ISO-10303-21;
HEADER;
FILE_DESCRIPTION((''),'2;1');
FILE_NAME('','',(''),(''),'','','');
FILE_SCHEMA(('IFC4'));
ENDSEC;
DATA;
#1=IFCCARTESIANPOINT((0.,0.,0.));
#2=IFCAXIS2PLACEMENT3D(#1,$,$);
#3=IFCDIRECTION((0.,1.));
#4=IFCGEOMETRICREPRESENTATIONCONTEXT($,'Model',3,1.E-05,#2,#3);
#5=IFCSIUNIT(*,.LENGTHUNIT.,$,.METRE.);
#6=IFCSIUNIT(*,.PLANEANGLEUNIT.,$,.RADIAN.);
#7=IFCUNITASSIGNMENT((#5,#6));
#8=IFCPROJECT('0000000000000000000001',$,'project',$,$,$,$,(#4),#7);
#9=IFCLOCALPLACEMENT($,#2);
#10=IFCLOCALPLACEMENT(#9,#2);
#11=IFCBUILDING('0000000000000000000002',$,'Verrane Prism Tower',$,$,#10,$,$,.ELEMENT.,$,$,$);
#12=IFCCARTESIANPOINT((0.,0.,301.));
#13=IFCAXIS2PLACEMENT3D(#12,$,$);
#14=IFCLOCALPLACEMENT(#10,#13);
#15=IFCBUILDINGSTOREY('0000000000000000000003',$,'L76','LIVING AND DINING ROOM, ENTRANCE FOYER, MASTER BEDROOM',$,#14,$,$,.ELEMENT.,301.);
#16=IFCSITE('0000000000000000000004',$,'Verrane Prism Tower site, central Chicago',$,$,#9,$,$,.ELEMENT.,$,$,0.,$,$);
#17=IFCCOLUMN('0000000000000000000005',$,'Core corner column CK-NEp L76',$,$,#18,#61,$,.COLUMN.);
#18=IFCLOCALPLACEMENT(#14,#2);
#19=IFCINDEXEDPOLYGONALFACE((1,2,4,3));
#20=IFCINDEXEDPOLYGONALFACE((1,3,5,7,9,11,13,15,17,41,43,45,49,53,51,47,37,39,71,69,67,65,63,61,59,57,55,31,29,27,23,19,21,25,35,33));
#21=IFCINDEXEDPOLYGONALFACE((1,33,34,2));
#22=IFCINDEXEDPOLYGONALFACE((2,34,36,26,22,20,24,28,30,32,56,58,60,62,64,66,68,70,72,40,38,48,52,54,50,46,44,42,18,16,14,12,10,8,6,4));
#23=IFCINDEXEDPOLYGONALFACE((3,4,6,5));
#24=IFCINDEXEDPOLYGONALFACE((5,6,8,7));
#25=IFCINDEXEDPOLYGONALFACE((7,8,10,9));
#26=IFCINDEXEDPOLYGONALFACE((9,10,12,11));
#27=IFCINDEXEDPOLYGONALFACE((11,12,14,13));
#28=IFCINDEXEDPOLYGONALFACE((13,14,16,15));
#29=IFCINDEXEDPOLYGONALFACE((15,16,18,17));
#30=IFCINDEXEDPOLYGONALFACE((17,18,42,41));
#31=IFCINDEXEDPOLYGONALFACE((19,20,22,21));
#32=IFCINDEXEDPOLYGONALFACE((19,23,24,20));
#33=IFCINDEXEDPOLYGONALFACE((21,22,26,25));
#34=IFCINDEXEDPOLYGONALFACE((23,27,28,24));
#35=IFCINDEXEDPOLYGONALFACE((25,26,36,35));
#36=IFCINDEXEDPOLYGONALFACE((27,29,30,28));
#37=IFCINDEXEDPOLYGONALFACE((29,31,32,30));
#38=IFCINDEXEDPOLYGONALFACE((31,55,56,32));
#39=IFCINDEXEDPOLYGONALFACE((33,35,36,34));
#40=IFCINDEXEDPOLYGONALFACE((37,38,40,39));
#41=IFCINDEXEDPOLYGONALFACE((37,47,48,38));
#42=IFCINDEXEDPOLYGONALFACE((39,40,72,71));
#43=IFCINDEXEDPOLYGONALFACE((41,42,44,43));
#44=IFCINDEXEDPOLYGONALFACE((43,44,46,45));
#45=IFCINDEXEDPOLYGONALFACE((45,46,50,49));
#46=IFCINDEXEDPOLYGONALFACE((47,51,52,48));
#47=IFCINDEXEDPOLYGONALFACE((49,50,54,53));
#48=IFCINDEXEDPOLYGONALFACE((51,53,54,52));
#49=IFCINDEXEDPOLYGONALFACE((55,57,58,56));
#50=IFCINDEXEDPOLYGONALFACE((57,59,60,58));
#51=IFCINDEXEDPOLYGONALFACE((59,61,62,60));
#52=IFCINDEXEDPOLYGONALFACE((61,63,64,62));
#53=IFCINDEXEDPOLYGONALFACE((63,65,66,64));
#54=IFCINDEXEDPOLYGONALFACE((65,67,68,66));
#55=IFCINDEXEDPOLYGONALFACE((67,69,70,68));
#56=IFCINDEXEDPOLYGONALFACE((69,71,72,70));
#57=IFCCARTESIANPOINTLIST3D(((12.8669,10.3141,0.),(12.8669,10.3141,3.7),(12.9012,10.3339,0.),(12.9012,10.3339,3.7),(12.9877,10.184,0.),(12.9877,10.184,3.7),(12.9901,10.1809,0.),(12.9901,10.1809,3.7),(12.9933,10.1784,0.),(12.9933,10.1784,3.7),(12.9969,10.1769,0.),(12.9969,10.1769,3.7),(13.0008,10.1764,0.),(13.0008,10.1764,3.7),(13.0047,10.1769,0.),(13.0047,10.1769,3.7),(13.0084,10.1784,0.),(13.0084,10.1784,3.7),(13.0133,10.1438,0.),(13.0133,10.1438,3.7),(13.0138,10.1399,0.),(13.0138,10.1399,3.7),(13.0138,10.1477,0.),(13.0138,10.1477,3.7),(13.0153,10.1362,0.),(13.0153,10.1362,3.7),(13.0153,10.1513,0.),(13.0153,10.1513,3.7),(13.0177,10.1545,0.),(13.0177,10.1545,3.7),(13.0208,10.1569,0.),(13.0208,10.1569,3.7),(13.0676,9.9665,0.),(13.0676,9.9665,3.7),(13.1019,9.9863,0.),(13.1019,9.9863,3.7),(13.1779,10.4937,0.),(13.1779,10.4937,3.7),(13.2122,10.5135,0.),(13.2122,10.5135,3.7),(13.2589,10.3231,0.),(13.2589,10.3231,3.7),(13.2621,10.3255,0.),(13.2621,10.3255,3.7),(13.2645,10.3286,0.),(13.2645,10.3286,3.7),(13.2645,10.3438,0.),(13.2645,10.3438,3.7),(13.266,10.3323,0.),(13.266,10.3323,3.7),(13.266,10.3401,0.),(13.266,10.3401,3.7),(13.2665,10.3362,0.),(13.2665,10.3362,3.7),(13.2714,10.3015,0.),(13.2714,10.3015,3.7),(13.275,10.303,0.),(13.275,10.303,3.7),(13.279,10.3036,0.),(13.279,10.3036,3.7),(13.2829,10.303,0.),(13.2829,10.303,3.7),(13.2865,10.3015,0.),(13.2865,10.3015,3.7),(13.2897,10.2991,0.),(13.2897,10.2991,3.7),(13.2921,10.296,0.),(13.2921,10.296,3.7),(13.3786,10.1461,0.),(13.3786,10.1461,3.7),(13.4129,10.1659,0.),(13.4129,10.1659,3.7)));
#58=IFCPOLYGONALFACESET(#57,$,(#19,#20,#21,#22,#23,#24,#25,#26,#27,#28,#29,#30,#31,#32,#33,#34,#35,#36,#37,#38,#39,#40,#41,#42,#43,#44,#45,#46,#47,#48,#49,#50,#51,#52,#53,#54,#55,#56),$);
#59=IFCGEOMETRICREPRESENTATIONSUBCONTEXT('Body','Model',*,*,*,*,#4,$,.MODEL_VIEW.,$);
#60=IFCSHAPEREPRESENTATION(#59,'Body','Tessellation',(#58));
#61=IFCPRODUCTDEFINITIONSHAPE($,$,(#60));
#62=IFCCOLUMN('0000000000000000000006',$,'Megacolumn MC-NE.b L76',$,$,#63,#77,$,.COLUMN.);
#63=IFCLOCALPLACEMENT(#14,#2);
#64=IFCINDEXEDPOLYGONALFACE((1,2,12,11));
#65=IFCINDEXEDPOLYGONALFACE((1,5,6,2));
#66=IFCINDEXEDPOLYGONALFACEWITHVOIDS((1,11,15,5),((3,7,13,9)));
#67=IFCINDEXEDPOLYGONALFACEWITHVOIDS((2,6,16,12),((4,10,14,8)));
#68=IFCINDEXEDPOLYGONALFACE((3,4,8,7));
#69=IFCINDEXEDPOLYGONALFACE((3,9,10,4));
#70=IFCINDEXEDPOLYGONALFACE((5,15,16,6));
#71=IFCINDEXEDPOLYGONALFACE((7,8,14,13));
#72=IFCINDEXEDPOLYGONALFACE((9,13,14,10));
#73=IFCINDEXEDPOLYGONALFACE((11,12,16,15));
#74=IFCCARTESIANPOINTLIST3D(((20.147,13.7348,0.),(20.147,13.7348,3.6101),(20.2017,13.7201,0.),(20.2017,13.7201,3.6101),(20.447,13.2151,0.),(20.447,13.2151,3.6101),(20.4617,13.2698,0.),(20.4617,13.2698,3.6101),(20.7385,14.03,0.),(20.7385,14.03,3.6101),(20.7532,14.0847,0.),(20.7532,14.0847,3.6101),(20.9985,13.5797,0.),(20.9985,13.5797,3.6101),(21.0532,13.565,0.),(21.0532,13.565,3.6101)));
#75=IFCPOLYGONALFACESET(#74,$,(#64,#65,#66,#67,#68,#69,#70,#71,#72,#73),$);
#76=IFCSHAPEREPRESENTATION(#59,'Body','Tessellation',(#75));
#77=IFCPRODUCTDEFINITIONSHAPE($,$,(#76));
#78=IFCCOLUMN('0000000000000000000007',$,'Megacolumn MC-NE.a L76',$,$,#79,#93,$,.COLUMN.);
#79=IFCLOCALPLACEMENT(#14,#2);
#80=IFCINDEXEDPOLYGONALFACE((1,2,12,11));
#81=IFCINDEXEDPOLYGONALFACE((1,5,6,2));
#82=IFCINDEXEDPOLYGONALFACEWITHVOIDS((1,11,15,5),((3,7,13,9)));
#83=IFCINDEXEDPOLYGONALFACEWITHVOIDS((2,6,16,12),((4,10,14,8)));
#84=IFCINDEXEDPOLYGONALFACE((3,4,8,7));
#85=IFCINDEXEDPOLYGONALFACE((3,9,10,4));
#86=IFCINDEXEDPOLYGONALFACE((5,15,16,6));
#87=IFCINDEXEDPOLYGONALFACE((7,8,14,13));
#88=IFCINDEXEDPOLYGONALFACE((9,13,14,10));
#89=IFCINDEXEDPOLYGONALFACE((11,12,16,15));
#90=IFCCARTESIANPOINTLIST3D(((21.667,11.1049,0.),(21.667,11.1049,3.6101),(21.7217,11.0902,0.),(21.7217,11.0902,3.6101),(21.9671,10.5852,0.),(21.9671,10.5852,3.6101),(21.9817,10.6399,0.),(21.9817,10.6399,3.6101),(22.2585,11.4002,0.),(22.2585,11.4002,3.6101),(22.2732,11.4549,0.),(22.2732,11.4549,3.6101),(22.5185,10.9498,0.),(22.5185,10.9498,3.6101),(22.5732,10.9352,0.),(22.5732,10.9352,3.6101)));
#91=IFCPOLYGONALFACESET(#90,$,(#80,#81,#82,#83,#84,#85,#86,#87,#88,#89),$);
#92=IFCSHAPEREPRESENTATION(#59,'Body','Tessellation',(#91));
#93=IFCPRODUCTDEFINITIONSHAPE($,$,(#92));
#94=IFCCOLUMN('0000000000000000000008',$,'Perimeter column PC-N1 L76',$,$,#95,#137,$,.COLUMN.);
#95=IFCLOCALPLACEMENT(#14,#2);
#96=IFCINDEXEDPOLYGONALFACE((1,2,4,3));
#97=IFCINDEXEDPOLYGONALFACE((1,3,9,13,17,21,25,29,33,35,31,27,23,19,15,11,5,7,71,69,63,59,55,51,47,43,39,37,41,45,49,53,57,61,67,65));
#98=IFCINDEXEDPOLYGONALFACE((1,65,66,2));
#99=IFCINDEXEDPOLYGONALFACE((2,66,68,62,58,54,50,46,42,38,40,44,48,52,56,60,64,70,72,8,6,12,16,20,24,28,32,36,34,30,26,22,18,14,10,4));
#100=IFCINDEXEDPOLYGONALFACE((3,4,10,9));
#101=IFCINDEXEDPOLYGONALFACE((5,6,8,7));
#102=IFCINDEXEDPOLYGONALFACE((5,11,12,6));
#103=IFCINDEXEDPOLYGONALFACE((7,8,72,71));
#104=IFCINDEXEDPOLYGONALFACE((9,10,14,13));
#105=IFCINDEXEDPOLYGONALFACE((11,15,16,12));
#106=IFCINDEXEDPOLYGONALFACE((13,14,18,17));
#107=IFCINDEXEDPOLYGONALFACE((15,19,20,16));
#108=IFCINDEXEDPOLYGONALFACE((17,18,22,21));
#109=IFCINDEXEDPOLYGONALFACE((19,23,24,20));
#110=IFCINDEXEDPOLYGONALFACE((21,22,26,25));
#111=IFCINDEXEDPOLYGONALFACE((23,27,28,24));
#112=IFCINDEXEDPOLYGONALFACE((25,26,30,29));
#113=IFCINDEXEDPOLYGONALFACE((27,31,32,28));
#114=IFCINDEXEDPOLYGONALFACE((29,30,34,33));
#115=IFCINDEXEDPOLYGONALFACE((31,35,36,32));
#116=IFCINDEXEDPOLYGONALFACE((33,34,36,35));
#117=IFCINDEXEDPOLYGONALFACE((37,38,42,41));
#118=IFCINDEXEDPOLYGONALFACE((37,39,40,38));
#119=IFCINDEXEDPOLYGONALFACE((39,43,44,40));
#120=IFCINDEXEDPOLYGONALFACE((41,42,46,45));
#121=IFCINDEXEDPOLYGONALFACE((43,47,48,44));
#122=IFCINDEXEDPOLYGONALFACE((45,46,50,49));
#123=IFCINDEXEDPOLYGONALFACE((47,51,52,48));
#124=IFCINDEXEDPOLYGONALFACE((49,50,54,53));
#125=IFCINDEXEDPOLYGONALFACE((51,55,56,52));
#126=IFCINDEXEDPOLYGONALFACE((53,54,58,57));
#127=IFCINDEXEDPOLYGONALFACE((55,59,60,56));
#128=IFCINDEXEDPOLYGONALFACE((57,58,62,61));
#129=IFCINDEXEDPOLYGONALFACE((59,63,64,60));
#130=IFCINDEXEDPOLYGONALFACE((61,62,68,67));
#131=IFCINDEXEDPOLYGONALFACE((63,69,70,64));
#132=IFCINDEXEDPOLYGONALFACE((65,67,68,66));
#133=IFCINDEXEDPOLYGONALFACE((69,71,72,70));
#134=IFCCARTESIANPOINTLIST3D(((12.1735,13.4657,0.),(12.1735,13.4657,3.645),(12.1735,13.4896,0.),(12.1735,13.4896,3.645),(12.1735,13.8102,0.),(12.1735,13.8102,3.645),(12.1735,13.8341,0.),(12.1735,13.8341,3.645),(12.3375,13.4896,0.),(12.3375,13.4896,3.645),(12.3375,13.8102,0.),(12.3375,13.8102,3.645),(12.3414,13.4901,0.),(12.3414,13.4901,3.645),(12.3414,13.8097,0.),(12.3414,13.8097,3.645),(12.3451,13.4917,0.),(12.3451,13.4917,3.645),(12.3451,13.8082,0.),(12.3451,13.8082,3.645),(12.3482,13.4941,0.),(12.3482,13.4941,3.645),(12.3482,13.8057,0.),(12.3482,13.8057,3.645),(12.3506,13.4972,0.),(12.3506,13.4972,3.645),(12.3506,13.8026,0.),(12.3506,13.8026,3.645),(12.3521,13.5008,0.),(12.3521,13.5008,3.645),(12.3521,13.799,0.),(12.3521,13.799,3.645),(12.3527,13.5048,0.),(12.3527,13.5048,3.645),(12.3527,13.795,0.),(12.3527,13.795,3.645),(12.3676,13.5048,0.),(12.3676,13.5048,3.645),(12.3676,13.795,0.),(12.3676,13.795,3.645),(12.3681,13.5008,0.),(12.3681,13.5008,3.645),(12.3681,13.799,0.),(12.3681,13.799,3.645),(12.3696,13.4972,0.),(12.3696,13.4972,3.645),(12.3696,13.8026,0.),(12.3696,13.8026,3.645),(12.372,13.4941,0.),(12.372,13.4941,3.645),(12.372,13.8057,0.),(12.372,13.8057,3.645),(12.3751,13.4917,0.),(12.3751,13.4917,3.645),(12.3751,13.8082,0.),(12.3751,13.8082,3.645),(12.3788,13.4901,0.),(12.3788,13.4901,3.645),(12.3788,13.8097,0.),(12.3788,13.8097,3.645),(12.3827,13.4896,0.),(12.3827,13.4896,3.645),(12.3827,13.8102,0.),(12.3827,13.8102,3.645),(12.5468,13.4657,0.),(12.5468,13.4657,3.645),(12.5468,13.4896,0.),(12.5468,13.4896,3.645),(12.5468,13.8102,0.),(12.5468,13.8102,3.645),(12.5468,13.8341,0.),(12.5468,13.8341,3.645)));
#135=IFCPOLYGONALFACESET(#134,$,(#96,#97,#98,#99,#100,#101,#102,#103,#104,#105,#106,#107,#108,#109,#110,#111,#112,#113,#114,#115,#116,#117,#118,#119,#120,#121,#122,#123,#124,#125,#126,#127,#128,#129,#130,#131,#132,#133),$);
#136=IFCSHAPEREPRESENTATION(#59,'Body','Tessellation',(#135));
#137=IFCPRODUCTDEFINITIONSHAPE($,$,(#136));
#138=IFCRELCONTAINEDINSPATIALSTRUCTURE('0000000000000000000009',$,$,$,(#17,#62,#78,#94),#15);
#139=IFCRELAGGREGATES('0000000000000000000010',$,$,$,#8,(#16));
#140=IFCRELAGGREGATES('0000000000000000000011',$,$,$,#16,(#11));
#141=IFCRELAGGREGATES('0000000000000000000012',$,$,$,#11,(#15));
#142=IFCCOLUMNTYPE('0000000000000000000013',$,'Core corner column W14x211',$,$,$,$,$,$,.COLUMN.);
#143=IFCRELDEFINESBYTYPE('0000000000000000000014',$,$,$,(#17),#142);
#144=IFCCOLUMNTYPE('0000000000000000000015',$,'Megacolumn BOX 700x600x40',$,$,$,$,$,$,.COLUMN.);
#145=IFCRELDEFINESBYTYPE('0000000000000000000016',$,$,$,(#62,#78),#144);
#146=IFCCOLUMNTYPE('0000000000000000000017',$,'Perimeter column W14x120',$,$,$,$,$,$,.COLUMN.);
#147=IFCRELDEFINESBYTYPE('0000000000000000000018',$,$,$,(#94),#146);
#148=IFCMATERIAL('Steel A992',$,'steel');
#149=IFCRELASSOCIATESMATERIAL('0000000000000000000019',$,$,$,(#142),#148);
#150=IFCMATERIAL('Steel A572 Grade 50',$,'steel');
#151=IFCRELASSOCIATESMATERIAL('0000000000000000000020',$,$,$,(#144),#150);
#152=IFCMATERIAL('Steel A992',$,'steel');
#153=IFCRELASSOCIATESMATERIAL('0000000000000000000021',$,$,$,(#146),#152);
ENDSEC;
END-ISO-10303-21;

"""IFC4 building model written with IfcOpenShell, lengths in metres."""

from ifc_helpers import new_model, si_unit, direction, frame, origin, origin_2d, place, context, subcontext, project, spatial, hollow_rectangle, i_section, extrude, material, material_profile, profile_set, type_object, element, save


model = new_model("IFC4")

# Units and contexts
model_context = context("Model", 3, precision=1e-05, world=origin(), true_north=direction((0.0, 1.0)))
body_context = subcontext(model_context, "Body", "Model", "MODEL_VIEW")
ifc_project = project(units=[si_unit("LENGTHUNIT", "METRE"), si_unit("PLANEANGLEUNIT", "RADIAN")], contexts=[model_context])

# Site, building, storey
site_placement = place(None, origin())
site = spatial("IfcSite", under=ifc_project, at=site_placement, Name="Verrane Prism Tower site, central Chicago", CompositionType="ELEMENT", RefElevation=0.0)
building_placement = place(site_placement, origin())
building = spatial("IfcBuilding", under=site, at=building_placement, Name="Verrane Prism Tower", CompositionType="ELEMENT")
storey_placement = place(building_placement, frame((0.0, 0.0, 301.0)))
storey = spatial("IfcBuildingStorey", under=building, at=storey_placement, Name="L76", Description="LIVING AND DINING ROOM, ENTRANCE FOYER, MASTER BEDROOM", CompositionType="ELEMENT", Elevation=301.0)

# Columns
ifc_material_1 = material(Name="Steel A992", Category="steel")
ifc_material_profile_1 = material_profile(ifc_material_1, i_section(OverallWidth=0.4014, OverallDepth=0.3987, WebThickness=0.0249, FlangeThickness=0.0396, FilletRadius=0.0151, at=origin_2d()), Name="W14x211")
ifc_profile_set_1 = profile_set([ifc_material_profile_1], Name="Steel A992")
column_type_1 = type_object("IfcColumnType", Name="Core corner column W14x211", PredefinedType="COLUMN", material=ifc_profile_set_1)
column_1_placement = place(storey_placement, frame((13.1399, 10.24, 0.0), z_axis=(0.0, 0.0, 1.0), x_axis=(0.5, -0.866025, 0.0)))
element("IfcColumn", 1, at=column_1_placement, inside=storey, type_object=column_type_1, Name="Core corner column CK-NEp L76", PredefinedType="COLUMN", context=body_context, shape_type="SweptSolid", body=[
    extrude(i_section(OverallWidth=0.4014, OverallDepth=0.3987, WebThickness=0.0249, FlangeThickness=0.0396, FilletRadius=0.0151, at=origin_2d()), origin(), (0.0, 0.0, 1.0), 3.7),
])
ifc_material_2 = material(Name="Steel A572 Grade 50", Category="steel")
ifc_material_profile_2 = material_profile(ifc_material_2, hollow_rectangle(XDim=0.6001, YDim=0.7, WallThickness=0.04, at=origin_2d()), Name="BOX 700x600x40")
ifc_profile_set_2 = profile_set([ifc_material_profile_2], Name="Steel A572 Grade 50")
column_type_2 = type_object("IfcColumnType", Name="Megacolumn BOX 700x600x40", PredefinedType="COLUMN", material=ifc_profile_set_2)
for number, where, z_axis, x_axis, name in (
    (2, (20.6001, 13.6499, 0.0), (0.0, 0.0, 1.0), (0.5, -0.866025, 0.0), "Megacolumn MC-NE.b L76"),
    (3, (22.1201, 11.02, 0.0), (0.0, 0.0, 1.0), (0.5, -0.866025, 0.0), "Megacolumn MC-NE.a L76"),
):
    element("IfcColumn", number, at=place(storey_placement, frame(where, z_axis=z_axis, x_axis=x_axis)), inside=storey, type_object=column_type_2, Name=name, PredefinedType="COLUMN", context=body_context, shape_type="SweptSolid", body=[
        extrude(hollow_rectangle(XDim=0.6001, YDim=0.7, WallThickness=0.04, at=origin_2d()), origin(), (0.0, 0.0, 1.0), 3.6101),
    ])
ifc_material_3 = material(Name="Steel A992", Category="steel")
ifc_material_profile_3 = material_profile(ifc_material_3, i_section(OverallWidth=0.3733, OverallDepth=0.3684, WebThickness=0.0149, FlangeThickness=0.0239, FilletRadius=0.0151, at=origin_2d()), Name="W14x120")
ifc_profile_set_3 = profile_set([ifc_material_profile_3], Name="Steel A992")
column_type_3 = type_object("IfcColumnType", Name="Perimeter column W14x120", PredefinedType="COLUMN", material=ifc_profile_set_3)
column_2_placement = place(storey_placement, frame((12.3601, 13.6499, 0.0), z_axis=(0.0, 0.0, 1.0), x_axis=(1.0, 0.0, 0.0)))
element("IfcColumn", 4, at=column_2_placement, inside=storey, type_object=column_type_3, Name="Perimeter column PC-N1 L76", PredefinedType="COLUMN", context=body_context, shape_type="SweptSolid", body=[
    extrude(i_section(OverallWidth=0.3733, OverallDepth=0.3684, WebThickness=0.0149, FlangeThickness=0.0239, FilletRadius=0.0151, at=origin_2d()), origin(), (0.0, 0.0, 1.0), 3.645),
])

save(model, "model.ifc")
